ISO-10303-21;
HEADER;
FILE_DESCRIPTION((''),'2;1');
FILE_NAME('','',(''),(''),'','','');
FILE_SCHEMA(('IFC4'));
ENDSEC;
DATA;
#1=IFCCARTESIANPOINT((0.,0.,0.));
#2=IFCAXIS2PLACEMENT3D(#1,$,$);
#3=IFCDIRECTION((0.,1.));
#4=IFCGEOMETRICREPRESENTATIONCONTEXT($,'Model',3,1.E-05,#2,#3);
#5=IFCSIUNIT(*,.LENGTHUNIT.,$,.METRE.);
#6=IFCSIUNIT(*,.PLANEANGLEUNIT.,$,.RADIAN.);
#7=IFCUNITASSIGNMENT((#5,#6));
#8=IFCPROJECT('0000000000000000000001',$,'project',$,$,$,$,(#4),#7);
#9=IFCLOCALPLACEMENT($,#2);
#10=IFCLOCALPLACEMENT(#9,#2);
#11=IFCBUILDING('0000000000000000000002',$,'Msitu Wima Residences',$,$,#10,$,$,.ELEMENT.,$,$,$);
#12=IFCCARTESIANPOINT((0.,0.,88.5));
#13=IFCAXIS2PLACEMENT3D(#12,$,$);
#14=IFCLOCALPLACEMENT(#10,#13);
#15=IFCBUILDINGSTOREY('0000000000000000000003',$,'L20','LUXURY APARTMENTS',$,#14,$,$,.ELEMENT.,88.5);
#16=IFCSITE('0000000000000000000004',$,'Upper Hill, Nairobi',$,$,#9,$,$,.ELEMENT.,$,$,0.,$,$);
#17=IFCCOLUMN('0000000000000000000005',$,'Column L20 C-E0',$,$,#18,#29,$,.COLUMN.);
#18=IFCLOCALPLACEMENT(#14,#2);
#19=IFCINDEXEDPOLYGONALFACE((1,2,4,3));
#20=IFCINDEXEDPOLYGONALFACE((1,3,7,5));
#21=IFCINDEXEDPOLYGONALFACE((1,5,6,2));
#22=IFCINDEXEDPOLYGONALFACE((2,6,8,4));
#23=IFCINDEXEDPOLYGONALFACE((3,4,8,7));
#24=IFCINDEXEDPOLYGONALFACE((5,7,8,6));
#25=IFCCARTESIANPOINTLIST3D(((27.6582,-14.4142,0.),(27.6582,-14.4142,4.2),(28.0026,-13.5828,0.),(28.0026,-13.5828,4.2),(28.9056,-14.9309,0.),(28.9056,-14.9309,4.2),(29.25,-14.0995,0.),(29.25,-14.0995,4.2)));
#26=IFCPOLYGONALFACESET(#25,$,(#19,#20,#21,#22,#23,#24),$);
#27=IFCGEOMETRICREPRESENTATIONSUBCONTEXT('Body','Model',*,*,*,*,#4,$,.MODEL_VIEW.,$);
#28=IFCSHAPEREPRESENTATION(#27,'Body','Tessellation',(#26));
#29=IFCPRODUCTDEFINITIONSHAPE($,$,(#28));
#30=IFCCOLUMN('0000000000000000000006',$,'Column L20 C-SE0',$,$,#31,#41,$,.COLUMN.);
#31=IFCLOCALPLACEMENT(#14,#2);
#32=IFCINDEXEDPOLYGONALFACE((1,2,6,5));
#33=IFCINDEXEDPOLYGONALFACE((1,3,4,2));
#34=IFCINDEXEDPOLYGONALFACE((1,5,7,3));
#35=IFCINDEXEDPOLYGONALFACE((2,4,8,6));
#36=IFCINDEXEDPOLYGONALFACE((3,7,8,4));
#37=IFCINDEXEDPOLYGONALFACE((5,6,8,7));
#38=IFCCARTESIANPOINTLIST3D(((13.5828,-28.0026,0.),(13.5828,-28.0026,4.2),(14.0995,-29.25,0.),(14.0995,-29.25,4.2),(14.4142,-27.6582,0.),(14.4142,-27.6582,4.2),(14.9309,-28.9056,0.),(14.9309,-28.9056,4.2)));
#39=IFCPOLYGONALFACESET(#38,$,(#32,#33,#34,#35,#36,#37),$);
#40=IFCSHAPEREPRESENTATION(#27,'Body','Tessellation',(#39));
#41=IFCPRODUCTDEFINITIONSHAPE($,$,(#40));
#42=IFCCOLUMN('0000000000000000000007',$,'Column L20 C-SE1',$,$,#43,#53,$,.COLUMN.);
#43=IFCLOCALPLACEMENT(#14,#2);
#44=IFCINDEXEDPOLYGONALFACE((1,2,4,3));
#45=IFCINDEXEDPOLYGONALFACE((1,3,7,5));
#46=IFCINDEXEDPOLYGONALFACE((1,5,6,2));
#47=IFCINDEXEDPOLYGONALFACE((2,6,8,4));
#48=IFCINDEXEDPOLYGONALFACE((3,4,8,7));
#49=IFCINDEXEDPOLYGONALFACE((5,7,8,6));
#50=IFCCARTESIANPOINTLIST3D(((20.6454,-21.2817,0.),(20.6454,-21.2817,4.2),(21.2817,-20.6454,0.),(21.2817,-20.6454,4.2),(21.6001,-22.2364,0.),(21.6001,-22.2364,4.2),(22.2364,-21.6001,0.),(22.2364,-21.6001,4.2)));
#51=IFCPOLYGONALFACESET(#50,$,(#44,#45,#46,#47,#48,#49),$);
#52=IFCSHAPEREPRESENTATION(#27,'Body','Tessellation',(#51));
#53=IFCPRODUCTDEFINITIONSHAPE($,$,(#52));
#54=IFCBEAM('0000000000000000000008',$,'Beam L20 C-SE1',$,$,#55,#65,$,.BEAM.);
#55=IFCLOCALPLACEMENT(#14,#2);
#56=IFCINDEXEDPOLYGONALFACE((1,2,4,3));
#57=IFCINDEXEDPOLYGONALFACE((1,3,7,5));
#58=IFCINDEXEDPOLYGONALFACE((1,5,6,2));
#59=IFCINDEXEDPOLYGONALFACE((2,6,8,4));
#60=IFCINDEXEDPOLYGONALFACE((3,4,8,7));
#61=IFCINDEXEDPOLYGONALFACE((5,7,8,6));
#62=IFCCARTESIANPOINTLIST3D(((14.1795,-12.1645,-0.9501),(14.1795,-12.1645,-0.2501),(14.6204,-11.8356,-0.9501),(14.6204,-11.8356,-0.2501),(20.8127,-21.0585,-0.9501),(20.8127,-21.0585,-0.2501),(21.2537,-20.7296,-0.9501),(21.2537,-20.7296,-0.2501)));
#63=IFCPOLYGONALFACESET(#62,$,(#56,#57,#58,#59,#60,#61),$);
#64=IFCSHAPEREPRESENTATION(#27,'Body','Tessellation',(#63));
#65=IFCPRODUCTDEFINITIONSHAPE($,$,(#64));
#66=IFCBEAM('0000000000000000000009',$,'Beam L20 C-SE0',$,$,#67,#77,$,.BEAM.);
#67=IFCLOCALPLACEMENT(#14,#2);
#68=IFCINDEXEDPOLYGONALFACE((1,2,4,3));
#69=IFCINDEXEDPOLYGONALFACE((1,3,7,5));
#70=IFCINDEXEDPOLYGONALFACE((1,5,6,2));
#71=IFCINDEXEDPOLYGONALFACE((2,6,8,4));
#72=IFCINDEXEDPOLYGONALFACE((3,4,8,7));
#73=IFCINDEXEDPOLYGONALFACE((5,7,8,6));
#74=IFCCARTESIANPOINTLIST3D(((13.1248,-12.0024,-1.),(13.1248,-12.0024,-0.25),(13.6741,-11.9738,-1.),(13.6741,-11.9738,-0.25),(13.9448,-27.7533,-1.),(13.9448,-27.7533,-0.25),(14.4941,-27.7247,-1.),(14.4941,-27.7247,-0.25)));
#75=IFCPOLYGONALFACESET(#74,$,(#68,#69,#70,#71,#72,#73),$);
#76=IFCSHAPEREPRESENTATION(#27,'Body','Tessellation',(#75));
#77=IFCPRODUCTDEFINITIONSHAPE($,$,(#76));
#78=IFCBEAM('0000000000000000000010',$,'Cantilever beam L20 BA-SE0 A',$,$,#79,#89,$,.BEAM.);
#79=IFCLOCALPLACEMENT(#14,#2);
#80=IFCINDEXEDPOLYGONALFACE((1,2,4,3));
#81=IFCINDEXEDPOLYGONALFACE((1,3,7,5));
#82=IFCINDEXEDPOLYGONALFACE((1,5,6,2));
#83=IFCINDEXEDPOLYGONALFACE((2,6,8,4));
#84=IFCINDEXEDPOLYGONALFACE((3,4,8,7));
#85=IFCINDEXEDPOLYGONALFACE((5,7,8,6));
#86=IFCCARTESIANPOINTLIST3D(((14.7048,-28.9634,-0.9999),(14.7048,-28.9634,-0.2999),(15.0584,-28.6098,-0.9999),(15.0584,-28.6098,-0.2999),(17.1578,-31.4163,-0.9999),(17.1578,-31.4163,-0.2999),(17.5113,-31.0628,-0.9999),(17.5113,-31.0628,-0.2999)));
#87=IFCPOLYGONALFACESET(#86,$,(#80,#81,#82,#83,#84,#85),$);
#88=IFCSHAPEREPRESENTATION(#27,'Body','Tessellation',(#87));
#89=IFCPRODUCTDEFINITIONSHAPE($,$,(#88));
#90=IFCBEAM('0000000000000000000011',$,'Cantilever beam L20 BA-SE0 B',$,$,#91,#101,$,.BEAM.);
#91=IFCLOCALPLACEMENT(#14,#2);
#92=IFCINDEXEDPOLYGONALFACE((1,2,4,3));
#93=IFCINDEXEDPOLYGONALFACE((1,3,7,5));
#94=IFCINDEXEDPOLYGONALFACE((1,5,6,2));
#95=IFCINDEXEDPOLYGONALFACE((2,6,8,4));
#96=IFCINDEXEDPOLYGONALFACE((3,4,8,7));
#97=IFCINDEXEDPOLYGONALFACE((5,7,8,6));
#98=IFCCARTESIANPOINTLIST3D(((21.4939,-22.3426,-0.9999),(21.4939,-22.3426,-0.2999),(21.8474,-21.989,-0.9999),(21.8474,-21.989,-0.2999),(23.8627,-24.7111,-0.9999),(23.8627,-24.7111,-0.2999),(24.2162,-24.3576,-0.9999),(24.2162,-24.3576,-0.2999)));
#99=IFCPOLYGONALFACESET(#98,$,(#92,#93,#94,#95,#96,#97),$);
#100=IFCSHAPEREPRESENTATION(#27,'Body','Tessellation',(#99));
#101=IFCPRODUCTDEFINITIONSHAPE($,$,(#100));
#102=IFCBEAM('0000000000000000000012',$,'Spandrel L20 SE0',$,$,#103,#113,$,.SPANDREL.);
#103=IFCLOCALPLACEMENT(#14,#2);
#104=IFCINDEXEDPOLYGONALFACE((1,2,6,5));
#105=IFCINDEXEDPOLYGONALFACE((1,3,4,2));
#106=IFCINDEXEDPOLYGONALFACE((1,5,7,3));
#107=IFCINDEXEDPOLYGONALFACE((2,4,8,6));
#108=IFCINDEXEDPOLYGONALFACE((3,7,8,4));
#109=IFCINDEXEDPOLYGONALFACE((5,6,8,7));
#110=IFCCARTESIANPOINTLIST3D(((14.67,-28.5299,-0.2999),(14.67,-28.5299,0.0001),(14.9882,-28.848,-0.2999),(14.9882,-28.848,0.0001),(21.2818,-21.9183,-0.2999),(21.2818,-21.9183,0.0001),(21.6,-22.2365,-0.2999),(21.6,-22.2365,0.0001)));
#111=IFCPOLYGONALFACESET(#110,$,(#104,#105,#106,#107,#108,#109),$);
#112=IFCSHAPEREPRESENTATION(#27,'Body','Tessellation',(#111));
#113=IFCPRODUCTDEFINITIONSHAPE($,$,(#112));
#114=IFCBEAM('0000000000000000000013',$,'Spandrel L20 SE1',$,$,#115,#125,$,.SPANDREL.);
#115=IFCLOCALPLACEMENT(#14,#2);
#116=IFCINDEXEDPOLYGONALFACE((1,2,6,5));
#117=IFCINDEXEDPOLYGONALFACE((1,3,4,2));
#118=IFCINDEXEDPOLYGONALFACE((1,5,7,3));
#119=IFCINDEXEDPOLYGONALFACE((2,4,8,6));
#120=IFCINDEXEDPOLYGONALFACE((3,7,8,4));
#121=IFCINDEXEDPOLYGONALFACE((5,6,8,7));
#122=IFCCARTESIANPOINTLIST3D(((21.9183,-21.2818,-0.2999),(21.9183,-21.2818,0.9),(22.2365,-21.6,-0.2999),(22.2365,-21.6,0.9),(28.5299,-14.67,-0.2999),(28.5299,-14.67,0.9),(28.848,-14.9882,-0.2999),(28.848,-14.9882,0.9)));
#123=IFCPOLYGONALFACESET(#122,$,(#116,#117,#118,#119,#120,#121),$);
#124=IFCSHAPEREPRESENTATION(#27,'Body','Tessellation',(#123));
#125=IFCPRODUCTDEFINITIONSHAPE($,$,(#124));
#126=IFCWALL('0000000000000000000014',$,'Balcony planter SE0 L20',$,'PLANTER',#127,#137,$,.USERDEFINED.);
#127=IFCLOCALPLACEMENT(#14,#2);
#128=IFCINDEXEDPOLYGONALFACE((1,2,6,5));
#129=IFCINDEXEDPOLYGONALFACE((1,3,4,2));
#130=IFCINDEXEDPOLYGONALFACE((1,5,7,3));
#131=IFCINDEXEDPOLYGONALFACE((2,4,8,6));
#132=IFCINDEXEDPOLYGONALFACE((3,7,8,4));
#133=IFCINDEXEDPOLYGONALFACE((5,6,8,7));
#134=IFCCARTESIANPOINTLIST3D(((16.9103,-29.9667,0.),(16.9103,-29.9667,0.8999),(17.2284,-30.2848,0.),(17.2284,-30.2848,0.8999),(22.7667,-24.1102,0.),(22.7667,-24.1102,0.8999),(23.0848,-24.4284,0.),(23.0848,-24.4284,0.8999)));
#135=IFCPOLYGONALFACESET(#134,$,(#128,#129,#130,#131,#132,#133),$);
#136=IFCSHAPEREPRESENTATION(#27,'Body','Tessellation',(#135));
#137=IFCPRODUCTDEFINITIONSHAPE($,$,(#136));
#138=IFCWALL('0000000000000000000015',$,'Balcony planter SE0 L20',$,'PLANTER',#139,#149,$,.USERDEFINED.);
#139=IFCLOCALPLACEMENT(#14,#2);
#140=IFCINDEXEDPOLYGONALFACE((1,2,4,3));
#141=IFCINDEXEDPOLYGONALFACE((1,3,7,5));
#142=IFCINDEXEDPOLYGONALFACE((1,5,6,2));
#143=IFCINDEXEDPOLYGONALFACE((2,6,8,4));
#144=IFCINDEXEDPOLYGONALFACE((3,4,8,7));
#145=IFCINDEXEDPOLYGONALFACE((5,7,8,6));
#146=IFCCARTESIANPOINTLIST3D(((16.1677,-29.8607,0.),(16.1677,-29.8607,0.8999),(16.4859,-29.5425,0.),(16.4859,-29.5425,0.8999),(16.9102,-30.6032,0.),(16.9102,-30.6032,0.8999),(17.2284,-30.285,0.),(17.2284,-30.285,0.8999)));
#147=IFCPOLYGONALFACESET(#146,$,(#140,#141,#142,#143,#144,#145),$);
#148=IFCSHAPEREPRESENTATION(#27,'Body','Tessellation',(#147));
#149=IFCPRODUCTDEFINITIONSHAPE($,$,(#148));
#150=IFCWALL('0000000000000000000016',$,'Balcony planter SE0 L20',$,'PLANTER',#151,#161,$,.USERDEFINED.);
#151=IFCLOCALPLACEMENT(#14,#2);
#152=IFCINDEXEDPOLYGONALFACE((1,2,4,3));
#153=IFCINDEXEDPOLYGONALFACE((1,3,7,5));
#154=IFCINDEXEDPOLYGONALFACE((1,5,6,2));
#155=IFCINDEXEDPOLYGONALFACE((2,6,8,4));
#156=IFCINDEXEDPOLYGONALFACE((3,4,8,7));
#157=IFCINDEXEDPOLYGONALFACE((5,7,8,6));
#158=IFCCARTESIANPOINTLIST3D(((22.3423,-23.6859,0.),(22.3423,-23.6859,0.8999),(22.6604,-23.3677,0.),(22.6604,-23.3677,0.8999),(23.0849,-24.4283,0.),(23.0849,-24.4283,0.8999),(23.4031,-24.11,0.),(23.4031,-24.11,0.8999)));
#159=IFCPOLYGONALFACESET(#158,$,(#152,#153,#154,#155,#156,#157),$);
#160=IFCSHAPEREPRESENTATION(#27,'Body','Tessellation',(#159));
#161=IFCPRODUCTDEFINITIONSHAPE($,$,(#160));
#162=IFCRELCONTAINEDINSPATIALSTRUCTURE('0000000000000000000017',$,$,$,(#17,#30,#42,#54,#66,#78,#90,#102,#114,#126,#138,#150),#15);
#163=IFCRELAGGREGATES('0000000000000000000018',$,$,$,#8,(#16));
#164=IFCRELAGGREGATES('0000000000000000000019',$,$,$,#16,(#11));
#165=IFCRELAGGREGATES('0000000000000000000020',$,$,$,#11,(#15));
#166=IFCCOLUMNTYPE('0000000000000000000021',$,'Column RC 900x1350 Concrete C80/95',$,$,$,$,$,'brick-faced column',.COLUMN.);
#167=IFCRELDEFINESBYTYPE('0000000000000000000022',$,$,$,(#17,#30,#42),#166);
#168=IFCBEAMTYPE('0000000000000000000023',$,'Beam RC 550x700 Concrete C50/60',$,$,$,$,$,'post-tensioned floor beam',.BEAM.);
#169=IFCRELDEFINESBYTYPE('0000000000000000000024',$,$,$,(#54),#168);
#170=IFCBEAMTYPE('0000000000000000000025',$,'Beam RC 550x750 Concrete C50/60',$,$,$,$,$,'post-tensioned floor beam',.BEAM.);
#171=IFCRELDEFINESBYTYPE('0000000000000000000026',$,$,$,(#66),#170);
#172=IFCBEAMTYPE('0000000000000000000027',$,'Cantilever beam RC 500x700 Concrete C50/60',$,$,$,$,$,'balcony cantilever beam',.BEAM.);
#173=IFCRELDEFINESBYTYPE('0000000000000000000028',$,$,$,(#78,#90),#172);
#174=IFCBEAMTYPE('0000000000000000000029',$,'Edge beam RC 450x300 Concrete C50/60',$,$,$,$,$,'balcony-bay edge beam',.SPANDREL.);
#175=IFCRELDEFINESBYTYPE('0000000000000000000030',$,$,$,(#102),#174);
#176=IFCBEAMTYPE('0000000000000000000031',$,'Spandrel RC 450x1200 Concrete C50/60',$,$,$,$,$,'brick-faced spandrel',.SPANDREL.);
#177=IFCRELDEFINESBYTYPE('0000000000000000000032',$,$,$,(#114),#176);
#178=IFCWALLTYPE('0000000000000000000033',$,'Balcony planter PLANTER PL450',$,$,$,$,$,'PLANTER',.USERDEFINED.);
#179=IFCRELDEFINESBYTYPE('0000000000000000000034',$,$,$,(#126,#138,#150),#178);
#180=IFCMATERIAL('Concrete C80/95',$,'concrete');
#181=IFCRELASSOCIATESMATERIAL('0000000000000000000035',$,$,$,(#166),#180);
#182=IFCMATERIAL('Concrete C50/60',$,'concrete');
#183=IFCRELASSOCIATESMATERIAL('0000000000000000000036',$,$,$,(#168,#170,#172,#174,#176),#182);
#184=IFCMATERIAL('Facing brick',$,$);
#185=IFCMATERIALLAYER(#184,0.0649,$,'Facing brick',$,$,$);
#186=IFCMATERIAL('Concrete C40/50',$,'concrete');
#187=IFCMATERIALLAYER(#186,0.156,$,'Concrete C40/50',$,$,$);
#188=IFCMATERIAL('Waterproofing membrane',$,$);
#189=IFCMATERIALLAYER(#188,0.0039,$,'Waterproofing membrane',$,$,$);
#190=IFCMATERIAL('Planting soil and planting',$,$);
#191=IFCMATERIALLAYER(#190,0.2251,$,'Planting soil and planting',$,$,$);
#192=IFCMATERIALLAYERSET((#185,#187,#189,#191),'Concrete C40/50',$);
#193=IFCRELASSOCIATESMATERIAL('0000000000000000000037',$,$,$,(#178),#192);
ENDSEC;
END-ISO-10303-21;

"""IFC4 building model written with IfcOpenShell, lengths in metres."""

from ifc_helpers import new_model, si_unit, direction, frame, frame_2d, origin, origin_2d, place, context, subcontext, project, spatial, rectangle, extrude, material, layer, layer_set, material_profile, profile_set, type_object, element, save


model = new_model("IFC4")

# Units and contexts
model_context = context("Model", 3, precision=1e-05, world=origin(), true_north=direction((0.0, 1.0)))
body_context = subcontext(model_context, "Body", "Model", "MODEL_VIEW")
ifc_project = project(units=[si_unit("LENGTHUNIT", "METRE"), si_unit("PLANEANGLEUNIT", "RADIAN")], contexts=[model_context])

# Site, building, storey
site_placement = place(None, origin())
site = spatial("IfcSite", under=ifc_project, at=site_placement, Name="Upper Hill, Nairobi", CompositionType="ELEMENT", RefElevation=0.0)
building_placement = place(site_placement, origin())
building = spatial("IfcBuilding", under=site, at=building_placement, Name="Msitu Wima Residences", CompositionType="ELEMENT")
storey_placement = place(building_placement, frame((0.0, 0.0, 88.5)))
storey = spatial("IfcBuildingStorey", under=building, at=storey_placement, Name="L20", Description="LUXURY APARTMENTS", CompositionType="ELEMENT", Elevation=88.5)

# Columns
ifc_material_1 = material(Name="Concrete C80/95", Category="concrete")
ifc_material_profile_1 = material_profile(ifc_material_1, rectangle(XDim=0.8999, YDim=1.3501, at=origin_2d()), Name="RC 900x1350")
ifc_profile_set_1 = profile_set([ifc_material_profile_1], Name="Concrete C80/95")
column_type = type_object("IfcColumnType", Name="Column RC 900x1350 Concrete C80/95", ElementType="brick-faced column", PredefinedType="COLUMN", material=ifc_profile_set_1)
for number, where, z_axis, x_axis, name in (
    (1, (28.4541, -14.2568, 0.0), (0.0, 0.0, 1.0), (0.382683, 0.92388, 0.0), "Column L20 C-E0"),
    (2, (14.2568, -28.4541, 0.0), (0.0, 0.0, 1.0), (0.92388, 0.382683, 0.0), "Column L20 C-SE0"),
    (3, (21.4409, -21.4409, 0.0), (0.0, 0.0, 1.0), (0.707107, 0.707107, 0.0), "Column L20 C-SE1"),
):
    element("IfcColumn", number, at=place(storey_placement, frame(where, z_axis=z_axis, x_axis=x_axis)), inside=storey, type_object=column_type, Name=name, PredefinedType="COLUMN", context=body_context, shape_type="SweptSolid", body=[
        extrude(rectangle(XDim=0.8999, YDim=1.3501, at=origin_2d()), origin(), (0.0, 0.0, 1.0), 4.2),
    ])

# Beams
ifc_material_2 = material(Name="Concrete C50/60", Category="concrete")
ifc_material_profile_2 = material_profile(ifc_material_2, rectangle(XDim=0.55, YDim=0.7, at=origin_2d()), Name="RC 550x700")
ifc_profile_set_2 = profile_set([ifc_material_profile_2], Name="Concrete C50/60")
beam_type_1 = type_object("IfcBeamType", Name="Beam RC 550x700 Concrete C50/60", ElementType="post-tensioned floor beam", PredefinedType="BEAM", material=ifc_profile_set_2)
beam_1_placement = place(storey_placement, frame((21.0332, -20.894, -0.6001), z_axis=(-0.59785, 0.801608, 0.0), x_axis=(-0.801608, -0.59785, 0.0)))
element("IfcBeam", 4, at=beam_1_placement, inside=storey, type_object=beam_type_1, Name="Beam L20 C-SE1", PredefinedType="BEAM", context=body_context, shape_type="SweptSolid", body=[
    extrude(rectangle(XDim=0.55, YDim=0.7, at=origin_2d()), origin(), (0.0, 0.0, 1.0), 11.0952),
])
ifc_material_profile_3 = material_profile(ifc_material_2, rectangle(XDim=0.55, YDim=0.75, at=origin_2d()), Name="RC 550x750")
ifc_profile_set_3 = profile_set([ifc_material_profile_3], Name="Concrete C50/60")
beam_type_2 = type_object("IfcBeamType", Name="Beam RC 550x750 Concrete C50/60", ElementType="post-tensioned floor beam", PredefinedType="BEAM", material=ifc_profile_set_3)
beam_2_placement = place(storey_placement, frame((14.2195, -27.739, -0.625), z_axis=(-0.051994, 0.998647, 0.0), x_axis=(-0.998647, -0.051994, 0.0)))
element("IfcBeam", 5, at=beam_2_placement, inside=storey, type_object=beam_type_2, Name="Beam L20 C-SE0", PredefinedType="BEAM", context=body_context, shape_type="SweptSolid", body=[
    extrude(rectangle(XDim=0.55, YDim=0.75, at=origin_2d()), origin(), (0.0, 0.0, 1.0), 15.7722),
])
ifc_material_profile_4 = material_profile(ifc_material_2, rectangle(XDim=0.5, YDim=0.7, at=origin_2d()), Name="RC 500x700")
ifc_profile_set_4 = profile_set([ifc_material_profile_4], Name="Concrete C50/60")
beam_type_3 = type_object("IfcBeamType", Name="Cantilever beam RC 500x700 Concrete C50/60", ElementType="balcony cantilever beam", PredefinedType="BEAM", material=ifc_profile_set_4)
beam_3_placement = place(storey_placement, frame((14.8816, -28.7866, -0.6499), z_axis=(0.707107, -0.707107, 0.0), x_axis=(0.707107, 0.707107, 0.0)))
element("IfcBeam", 6, at=beam_3_placement, inside=storey, type_object=beam_type_3, Name="Cantilever beam L20 BA-SE0 A", PredefinedType="BEAM", context=body_context, shape_type="SweptSolid", body=[
    extrude(rectangle(XDim=0.5, YDim=0.7, at=origin_2d()), origin(), (0.0, 0.0, 1.0), 3.469),
])
beam_4_placement = place(storey_placement, frame((21.6707, -22.1658, -0.6499), z_axis=(0.707143, -0.70707, 0.0), x_axis=(0.70707, 0.707143, 0.0)))
element("IfcBeam", 7, at=beam_4_placement, inside=storey, type_object=beam_type_3, Name="Cantilever beam L20 BA-SE0 B", PredefinedType="BEAM", context=body_context, shape_type="SweptSolid", body=[
    extrude(rectangle(XDim=0.5, YDim=0.7, at=origin_2d()), origin(), (0.0, 0.0, 1.0), 3.3499),
])
ifc_material_profile_5 = material_profile(ifc_material_2, rectangle(XDim=0.45, YDim=0.3, at=origin_2d()), Name="RC 450x300")
ifc_profile_set_5 = profile_set([ifc_material_profile_5], Name="Concrete C50/60")
beam_type_4 = type_object("IfcBeamType", Name="Edge beam RC 450x300 Concrete C50/60", ElementType="balcony-bay edge beam", PredefinedType="SPANDREL", material=ifc_profile_set_5)
beam_5_placement = place(storey_placement, frame((14.8291, -28.689, -0.1499), z_axis=(0.70712, 0.707094, 0.0), x_axis=(-0.707094, 0.70712, 0.0)))
element("IfcBeam", 8, at=beam_5_placement, inside=storey, type_object=beam_type_4, Name="Spandrel L20 SE0", PredefinedType="SPANDREL", context=body_context, shape_type="SweptSolid", body=[
    extrude(rectangle(XDim=0.45, YDim=0.3, at=origin_2d()), origin(), (0.0, 0.0, 1.0), 9.3503),
])
ifc_material_profile_6 = material_profile(ifc_material_2, rectangle(XDim=0.45, YDim=1.2, at=origin_2d()), Name="RC 450x1200")
ifc_profile_set_6 = profile_set([ifc_material_profile_6], Name="Concrete C50/60")
beam_type_5 = type_object("IfcBeamType", Name="Spandrel RC 450x1200 Concrete C50/60", ElementType="brick-faced spandrel", PredefinedType="SPANDREL", material=ifc_profile_set_6)
beam_6_placement = place(storey_placement, frame((22.0774, -21.4409, 0.3), z_axis=(0.707094, 0.70712, 0.0), x_axis=(-0.70712, 0.707094, 0.0)))
element("IfcBeam", 9, at=beam_6_placement, inside=storey, type_object=beam_type_5, Name="Spandrel L20 SE1", PredefinedType="SPANDREL", context=body_context, shape_type="SweptSolid", body=[
    extrude(rectangle(XDim=0.45, YDim=1.2, at=origin_2d()), origin(), (0.0, 0.0, 1.0), 9.3503),
])

# Walls
ifc_material_3 = material(Name="Facing brick")
ifc_layer_1 = layer(ifc_material_3, 0.0649, Name="Facing brick")
ifc_material_4 = material(Name="Concrete C40/50", Category="concrete")
ifc_layer_2 = layer(ifc_material_4, 0.156, Name="Concrete C40/50")
ifc_material_5 = material(Name="Waterproofing membrane")
ifc_layer_3 = layer(ifc_material_5, 0.0039, Name="Waterproofing membrane")
ifc_material_6 = material(Name="Planting soil and planting")
ifc_layer_4 = layer(ifc_material_6, 0.2251, Name="Planting soil and planting")
ifc_layer_set_1 = layer_set([ifc_layer_1, ifc_layer_2, ifc_layer_3, ifc_layer_4], Name="Concrete C40/50")
wall_type_1 = type_object("IfcWallType", Name="Balcony planter PLANTER PL450", ElementType="PLANTER", PredefinedType="USERDEFINED", material=ifc_layer_set_1)
wall_1_placement = place(storey_placement, frame((17.0693, -30.1257, 0.0), z_axis=(0.0, 0.0, 1.0), x_axis=(0.707107, 0.707107, 0.0)))
element("IfcWall", 10, at=wall_1_placement, inside=storey, type_object=wall_type_1, Name="Balcony planter SE0 L20", ObjectType="PLANTER", PredefinedType="USERDEFINED", context=body_context, shape_type="SweptSolid", body=[
    extrude(rectangle(XDim=8.2822, YDim=0.45, at=frame_2d((4.1411, 0.0))), origin(), (0.0, 0.0, 1.0), 0.8999),
])
for number, where, z_axis, x_axis, name in (
    (11, (16.3269, -29.7017, 0.0), (0.0, 0.0, 1.0), (0.707107, -0.707107, 0.0), "Balcony planter SE0 L20"),
    (12, (22.5015, -23.5269, 0.0), (0.0, 0.0, 1.0), (0.707223, -0.706991, 0.0), "Balcony planter SE0 L20"),
):
    element("IfcWall", number, at=place(storey_placement, frame(where, z_axis=z_axis, x_axis=x_axis)), inside=storey, type_object=wall_type_1, Name=name, ObjectType="PLANTER", PredefinedType="USERDEFINED", context=body_context, shape_type="SweptSolid", body=[
        extrude(rectangle(XDim=1.05, YDim=0.45, at=frame_2d((0.5249, 0.0))), origin(), (0.0, 0.0, 1.0), 0.8999),
    ])

save(model, "model.ifc")
